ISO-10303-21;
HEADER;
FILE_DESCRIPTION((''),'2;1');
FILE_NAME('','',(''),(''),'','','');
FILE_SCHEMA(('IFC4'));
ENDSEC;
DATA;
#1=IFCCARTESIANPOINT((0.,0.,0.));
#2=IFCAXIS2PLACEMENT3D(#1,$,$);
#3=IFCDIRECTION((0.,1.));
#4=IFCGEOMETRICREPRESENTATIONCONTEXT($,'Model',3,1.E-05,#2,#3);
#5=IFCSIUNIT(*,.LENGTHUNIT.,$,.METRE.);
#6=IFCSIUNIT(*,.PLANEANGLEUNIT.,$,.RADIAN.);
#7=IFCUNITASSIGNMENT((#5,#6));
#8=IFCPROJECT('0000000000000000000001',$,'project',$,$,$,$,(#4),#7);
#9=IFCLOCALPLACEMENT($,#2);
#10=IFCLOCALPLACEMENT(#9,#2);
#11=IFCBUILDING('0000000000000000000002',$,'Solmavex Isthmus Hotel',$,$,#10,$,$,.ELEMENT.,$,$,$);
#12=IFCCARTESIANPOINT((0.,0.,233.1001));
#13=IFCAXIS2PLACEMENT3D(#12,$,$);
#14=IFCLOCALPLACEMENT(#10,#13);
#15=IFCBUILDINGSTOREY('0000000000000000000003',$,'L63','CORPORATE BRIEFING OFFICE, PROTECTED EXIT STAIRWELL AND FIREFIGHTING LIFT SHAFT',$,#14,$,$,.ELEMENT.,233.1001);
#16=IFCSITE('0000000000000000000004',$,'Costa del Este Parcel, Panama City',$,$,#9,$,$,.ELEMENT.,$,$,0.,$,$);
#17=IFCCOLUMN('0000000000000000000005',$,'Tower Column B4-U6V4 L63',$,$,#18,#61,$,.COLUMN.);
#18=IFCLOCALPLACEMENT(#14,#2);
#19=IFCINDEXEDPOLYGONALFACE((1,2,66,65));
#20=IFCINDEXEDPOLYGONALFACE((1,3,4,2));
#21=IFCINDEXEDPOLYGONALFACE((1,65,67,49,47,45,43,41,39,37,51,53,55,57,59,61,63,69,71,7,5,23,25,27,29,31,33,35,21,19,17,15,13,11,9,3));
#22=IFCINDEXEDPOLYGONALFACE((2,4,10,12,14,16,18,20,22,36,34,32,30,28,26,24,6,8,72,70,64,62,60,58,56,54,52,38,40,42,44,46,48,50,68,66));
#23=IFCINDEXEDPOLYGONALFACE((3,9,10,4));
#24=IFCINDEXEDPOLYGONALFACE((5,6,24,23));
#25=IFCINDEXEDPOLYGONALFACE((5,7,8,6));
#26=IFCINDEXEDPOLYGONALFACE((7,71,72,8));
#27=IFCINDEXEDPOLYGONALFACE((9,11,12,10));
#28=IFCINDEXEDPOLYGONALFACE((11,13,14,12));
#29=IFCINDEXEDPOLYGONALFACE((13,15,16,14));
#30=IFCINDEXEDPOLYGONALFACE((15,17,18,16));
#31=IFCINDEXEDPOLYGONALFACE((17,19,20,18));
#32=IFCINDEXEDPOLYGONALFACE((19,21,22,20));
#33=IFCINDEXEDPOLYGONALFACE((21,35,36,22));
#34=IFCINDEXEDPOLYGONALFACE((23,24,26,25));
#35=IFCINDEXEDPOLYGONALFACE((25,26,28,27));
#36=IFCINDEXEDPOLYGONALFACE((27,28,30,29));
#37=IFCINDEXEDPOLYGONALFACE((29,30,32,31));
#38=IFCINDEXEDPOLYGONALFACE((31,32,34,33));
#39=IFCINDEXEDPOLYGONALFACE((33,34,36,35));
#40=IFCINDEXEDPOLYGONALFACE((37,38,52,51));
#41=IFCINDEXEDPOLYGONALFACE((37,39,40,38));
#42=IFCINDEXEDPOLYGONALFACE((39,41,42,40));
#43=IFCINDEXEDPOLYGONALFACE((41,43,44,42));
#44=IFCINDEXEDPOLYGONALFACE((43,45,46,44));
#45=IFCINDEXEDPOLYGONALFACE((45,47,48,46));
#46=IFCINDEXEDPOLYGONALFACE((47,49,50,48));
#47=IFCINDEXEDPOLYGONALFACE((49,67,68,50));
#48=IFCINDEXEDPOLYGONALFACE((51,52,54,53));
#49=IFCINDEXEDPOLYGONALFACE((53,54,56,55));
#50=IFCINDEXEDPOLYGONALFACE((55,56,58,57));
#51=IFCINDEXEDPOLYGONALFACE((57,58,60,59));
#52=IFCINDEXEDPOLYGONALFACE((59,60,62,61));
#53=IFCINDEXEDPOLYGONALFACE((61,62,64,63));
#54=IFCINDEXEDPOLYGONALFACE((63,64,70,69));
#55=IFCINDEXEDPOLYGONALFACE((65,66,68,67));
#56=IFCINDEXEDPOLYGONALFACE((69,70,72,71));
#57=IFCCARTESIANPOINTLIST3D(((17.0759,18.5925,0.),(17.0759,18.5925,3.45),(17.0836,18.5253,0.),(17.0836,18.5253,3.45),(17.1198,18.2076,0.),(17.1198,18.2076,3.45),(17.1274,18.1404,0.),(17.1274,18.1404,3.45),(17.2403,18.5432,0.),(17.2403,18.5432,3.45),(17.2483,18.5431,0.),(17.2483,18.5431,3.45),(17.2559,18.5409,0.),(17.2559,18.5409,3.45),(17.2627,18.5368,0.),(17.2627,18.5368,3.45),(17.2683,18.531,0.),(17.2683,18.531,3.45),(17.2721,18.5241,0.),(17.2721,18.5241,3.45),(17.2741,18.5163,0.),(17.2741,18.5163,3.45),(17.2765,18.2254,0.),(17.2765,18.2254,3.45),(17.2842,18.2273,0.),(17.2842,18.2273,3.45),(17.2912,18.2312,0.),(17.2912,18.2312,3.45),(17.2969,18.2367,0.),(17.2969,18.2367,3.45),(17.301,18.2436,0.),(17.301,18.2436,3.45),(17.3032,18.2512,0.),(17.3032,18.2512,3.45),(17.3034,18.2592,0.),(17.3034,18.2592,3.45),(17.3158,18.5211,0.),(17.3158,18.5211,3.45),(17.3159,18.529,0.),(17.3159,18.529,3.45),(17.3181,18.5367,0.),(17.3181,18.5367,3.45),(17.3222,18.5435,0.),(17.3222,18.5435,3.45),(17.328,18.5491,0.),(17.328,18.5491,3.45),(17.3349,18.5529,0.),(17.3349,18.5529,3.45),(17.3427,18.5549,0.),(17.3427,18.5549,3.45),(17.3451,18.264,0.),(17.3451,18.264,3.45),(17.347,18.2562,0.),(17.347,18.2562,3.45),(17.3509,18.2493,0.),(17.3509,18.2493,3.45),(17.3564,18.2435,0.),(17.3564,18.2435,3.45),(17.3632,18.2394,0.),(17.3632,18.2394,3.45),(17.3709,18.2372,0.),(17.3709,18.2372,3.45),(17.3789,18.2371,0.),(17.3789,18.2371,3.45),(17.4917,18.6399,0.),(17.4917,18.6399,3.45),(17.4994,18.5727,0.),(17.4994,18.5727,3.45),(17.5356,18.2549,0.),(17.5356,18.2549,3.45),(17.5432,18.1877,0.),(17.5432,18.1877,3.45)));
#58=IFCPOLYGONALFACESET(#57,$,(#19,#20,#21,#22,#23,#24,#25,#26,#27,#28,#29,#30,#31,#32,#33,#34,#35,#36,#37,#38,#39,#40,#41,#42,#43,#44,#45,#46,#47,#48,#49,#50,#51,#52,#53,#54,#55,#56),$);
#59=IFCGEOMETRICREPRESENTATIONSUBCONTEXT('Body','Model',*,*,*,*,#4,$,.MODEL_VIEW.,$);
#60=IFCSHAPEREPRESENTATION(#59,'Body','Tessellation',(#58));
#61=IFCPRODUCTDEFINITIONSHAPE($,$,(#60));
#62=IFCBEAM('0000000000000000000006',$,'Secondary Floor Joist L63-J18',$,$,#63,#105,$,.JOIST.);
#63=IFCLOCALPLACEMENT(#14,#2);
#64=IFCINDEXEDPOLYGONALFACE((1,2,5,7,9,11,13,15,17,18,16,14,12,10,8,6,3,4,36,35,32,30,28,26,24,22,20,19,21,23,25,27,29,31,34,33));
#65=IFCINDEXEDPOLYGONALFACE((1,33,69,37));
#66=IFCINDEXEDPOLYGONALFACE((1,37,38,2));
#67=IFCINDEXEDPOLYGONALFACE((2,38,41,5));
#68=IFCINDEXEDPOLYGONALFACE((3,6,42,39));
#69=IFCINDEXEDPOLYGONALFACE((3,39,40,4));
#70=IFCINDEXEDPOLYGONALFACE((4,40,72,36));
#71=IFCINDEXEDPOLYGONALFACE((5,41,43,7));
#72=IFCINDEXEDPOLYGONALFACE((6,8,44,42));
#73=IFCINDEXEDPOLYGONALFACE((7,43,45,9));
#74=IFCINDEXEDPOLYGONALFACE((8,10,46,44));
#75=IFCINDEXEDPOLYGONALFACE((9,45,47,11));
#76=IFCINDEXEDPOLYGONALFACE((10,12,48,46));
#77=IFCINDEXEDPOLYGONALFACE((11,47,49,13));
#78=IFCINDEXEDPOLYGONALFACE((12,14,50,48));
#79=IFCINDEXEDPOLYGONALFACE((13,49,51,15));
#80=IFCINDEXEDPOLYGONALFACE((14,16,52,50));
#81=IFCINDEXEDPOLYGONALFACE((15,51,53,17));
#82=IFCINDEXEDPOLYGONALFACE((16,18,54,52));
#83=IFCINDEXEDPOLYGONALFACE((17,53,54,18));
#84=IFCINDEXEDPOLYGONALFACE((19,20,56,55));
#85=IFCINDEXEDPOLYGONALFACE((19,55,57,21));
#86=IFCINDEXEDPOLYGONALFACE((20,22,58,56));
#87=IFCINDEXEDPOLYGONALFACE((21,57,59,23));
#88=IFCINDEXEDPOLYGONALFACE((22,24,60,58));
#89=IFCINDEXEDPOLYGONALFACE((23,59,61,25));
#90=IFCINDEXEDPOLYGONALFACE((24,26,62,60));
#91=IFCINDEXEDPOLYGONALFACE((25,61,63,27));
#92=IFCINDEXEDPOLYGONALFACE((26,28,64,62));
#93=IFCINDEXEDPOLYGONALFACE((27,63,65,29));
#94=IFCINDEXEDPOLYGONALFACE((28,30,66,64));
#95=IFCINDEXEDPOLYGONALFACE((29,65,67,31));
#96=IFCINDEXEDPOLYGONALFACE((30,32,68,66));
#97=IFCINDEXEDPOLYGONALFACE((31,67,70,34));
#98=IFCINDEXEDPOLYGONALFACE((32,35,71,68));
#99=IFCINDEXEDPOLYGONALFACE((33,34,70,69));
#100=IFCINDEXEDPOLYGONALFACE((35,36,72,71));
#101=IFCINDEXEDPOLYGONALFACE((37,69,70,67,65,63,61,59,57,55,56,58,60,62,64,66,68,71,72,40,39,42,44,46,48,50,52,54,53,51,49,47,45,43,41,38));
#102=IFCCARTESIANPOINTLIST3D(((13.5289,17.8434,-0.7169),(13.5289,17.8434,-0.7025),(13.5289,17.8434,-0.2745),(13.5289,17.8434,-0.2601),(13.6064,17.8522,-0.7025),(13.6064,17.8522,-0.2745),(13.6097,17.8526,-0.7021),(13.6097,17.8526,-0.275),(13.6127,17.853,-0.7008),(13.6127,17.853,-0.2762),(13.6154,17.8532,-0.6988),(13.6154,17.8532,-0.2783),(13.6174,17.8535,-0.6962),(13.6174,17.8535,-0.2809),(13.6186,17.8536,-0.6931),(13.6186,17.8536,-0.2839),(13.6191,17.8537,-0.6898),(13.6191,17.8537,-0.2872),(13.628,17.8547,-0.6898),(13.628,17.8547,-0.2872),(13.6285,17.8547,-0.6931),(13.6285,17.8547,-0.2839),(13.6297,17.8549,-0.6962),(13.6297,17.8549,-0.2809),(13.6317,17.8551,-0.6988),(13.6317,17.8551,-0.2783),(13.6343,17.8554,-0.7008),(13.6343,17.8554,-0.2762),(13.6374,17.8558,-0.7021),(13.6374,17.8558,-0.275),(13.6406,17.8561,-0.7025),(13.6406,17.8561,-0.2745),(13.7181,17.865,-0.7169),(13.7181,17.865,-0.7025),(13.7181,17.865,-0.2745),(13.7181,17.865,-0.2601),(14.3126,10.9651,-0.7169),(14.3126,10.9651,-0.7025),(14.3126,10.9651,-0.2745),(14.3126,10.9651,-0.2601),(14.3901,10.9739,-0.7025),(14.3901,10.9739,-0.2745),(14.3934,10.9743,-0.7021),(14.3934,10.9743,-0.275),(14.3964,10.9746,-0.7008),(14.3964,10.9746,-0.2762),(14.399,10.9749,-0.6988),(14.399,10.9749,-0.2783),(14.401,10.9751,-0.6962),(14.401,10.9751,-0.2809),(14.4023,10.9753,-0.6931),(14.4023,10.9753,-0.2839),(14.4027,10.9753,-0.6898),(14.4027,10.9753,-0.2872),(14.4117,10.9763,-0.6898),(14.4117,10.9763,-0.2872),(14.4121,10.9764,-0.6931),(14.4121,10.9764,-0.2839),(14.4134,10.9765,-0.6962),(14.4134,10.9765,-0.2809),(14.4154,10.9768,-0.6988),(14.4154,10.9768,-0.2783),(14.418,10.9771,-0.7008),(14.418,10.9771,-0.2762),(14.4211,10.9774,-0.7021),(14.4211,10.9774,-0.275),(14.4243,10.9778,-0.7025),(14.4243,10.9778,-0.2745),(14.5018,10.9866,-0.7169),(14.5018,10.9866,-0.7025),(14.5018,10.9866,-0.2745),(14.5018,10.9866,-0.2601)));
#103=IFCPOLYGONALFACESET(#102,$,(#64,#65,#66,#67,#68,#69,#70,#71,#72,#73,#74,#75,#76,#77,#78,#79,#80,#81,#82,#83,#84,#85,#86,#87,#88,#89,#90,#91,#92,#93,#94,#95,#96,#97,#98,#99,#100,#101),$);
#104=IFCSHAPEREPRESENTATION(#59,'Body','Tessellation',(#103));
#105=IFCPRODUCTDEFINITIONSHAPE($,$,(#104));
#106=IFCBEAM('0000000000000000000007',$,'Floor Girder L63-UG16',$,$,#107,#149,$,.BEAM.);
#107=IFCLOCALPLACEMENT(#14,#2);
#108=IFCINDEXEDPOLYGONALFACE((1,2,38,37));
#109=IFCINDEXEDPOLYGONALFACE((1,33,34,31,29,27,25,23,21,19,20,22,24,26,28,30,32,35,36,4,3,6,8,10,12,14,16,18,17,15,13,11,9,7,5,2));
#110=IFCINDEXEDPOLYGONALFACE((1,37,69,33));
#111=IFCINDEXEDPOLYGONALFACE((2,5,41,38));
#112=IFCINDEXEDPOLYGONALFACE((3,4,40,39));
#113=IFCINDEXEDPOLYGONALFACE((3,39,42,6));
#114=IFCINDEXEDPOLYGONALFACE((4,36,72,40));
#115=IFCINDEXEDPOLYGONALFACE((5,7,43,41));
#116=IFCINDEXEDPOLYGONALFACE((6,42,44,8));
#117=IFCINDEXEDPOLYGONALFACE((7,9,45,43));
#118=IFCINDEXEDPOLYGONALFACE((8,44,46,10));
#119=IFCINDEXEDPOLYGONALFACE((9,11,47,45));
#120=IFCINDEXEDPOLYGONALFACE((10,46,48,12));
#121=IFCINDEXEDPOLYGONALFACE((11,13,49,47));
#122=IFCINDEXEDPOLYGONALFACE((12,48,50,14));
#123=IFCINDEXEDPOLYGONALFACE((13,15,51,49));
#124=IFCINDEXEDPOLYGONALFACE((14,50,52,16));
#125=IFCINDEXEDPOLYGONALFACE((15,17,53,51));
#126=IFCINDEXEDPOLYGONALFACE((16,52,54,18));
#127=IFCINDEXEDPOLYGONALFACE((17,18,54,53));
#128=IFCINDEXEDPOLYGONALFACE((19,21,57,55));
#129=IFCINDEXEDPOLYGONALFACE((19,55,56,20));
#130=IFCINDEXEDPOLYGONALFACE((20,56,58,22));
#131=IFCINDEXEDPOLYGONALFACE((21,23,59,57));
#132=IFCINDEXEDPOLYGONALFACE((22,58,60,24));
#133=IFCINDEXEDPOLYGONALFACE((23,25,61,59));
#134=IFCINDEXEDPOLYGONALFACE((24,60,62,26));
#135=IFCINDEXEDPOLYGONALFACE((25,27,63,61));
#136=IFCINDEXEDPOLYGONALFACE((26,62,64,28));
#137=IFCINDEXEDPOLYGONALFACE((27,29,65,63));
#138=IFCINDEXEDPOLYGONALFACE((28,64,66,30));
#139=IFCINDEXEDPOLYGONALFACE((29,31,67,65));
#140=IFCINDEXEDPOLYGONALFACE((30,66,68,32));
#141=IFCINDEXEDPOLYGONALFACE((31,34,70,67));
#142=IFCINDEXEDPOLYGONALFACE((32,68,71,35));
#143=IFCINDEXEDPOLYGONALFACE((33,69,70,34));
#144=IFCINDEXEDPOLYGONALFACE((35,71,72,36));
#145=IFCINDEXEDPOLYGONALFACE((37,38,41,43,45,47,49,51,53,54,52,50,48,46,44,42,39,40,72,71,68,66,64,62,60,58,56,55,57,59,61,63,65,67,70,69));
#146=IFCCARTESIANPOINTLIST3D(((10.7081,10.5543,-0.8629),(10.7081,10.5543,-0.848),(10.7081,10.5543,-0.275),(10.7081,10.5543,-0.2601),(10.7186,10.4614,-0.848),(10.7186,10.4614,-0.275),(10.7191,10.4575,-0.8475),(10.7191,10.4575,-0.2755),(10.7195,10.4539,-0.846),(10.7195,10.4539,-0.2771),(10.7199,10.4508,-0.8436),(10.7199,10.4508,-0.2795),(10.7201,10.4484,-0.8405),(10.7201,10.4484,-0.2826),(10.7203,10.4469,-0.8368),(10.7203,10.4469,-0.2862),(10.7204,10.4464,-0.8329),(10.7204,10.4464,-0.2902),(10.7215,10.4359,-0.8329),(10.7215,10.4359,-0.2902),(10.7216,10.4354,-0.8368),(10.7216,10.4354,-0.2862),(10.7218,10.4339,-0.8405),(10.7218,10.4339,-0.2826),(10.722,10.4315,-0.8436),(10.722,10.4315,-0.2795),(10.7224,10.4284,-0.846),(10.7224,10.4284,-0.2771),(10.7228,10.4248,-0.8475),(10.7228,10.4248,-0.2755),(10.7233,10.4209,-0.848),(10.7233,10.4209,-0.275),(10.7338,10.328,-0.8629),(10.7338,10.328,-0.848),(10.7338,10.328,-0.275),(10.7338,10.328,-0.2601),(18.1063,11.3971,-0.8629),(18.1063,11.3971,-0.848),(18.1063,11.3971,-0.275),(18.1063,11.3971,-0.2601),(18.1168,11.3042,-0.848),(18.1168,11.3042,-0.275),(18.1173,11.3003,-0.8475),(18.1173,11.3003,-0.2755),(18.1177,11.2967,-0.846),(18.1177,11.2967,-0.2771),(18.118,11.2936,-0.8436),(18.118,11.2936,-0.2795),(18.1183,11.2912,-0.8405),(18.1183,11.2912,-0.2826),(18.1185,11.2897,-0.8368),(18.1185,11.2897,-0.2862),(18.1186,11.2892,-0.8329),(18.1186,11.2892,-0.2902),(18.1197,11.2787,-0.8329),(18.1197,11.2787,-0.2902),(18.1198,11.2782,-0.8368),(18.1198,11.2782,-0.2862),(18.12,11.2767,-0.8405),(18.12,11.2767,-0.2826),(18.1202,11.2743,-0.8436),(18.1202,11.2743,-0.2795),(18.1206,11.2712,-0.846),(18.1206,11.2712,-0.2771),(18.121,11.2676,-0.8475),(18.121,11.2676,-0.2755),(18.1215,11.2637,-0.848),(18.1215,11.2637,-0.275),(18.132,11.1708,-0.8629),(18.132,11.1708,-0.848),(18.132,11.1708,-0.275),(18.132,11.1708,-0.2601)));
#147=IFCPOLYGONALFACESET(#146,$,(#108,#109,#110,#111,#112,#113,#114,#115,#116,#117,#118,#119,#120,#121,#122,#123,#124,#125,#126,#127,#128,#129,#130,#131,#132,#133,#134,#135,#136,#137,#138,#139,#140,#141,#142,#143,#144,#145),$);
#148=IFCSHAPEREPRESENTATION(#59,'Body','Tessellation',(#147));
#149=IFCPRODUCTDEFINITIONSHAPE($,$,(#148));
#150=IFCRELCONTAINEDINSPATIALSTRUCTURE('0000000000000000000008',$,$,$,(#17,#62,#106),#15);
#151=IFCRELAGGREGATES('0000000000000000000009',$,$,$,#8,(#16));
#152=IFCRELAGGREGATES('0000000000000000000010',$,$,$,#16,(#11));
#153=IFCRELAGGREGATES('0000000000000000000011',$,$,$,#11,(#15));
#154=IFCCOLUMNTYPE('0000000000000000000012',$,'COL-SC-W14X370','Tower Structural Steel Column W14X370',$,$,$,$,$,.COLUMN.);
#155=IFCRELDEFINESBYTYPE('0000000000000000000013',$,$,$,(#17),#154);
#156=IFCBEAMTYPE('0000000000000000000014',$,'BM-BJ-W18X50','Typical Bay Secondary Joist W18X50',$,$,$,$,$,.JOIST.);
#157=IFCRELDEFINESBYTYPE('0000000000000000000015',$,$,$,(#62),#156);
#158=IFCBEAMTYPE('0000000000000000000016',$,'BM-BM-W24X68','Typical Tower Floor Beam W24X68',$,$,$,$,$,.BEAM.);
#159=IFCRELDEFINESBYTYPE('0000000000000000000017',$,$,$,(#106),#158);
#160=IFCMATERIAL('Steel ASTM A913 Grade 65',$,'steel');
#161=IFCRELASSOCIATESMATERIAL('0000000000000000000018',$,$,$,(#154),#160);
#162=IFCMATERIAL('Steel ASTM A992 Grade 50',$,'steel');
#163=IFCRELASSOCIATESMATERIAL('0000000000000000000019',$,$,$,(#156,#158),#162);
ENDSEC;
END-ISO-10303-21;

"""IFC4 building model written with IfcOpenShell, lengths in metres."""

from ifc_helpers import new_model, si_unit, direction, frame, origin, origin_2d, place, context, subcontext, project, spatial, i_section, extrude, material, material_profile, profile_set, type_object, element, save


model = new_model("IFC4")

# Units and contexts
model_context = context("Model", 3, precision=1e-05, world=origin(), true_north=direction((0.0, 1.0)))
body_context = subcontext(model_context, "Body", "Model", "MODEL_VIEW")
ifc_project = project(units=[si_unit("LENGTHUNIT", "METRE"), si_unit("PLANEANGLEUNIT", "RADIAN")], contexts=[model_context])

# Site, building, storey
site_placement = place(None, origin())
site = spatial("IfcSite", under=ifc_project, at=site_placement, Name="Costa del Este Parcel, Panama City", CompositionType="ELEMENT", RefElevation=0.0)
building_placement = place(site_placement, origin())
building = spatial("IfcBuilding", under=site, at=building_placement, Name="Solmavex Isthmus Hotel", CompositionType="ELEMENT")
storey_placement = place(building_placement, frame((0.0, 0.0, 233.1001)))
storey = spatial("IfcBuildingStorey", under=building, at=storey_placement, Name="L63", Description="CORPORATE BRIEFING OFFICE, PROTECTED EXIT STAIRWELL AND FIREFIGHTING LIFT SHAFT", CompositionType="ELEMENT", Elevation=233.1001)

# Column
ifc_material_1 = material(Name="Steel ASTM A913 Grade 65", Category="steel")
ifc_material_profile_1 = material_profile(ifc_material_1, i_section(OverallWidth=0.4185, OverallDepth=0.4551, WebThickness=0.042, FlangeThickness=0.0676, FilletRadius=0.0305, at=origin_2d()), Name="W14X370")
ifc_profile_set_1 = profile_set([ifc_material_profile_1], Name="Steel ASTM A913 Grade 65")
column_type = type_object("IfcColumnType", Name="COL-SC-W14X370", Description="Tower Structural Steel Column W14X370", PredefinedType="COLUMN", material=ifc_profile_set_1)
column_placement = place(storey_placement, frame((17.3096, 18.3901, 0.0), z_axis=(0.0, 0.0, 1.0), x_axis=(0.993572, 0.113203, 0.0)))
element("IfcColumn", 1, at=column_placement, inside=storey, type_object=column_type, Name="Tower Column B4-U6V4 L63", PredefinedType="COLUMN", context=body_context, shape_type="SweptSolid", body=[
    extrude(i_section(OverallWidth=0.4185, OverallDepth=0.4551, WebThickness=0.042, FlangeThickness=0.0676, FilletRadius=0.0305, at=origin_2d()), origin(), (0.0, 0.0, 1.0), 3.45),
])

# Beams
ifc_material_2 = material(Name="Steel ASTM A992 Grade 50", Category="steel")
ifc_material_profile_2 = material_profile(ifc_material_2, i_section(OverallWidth=0.1904, OverallDepth=0.4568, WebThickness=0.009, FlangeThickness=0.0144, FilletRadius=0.0127, at=origin_2d()), Name="W18X50")
ifc_profile_set_2 = profile_set([ifc_material_profile_2], Name="Steel ASTM A992 Grade 50")
beam_type_1 = type_object("IfcBeamType", Name="BM-BJ-W18X50", Description="Typical Bay Secondary Joist W18X50", PredefinedType="JOIST", material=ifc_profile_set_2)
beam_1_placement = place(storey_placement, frame((14.4072, 10.9758, -0.4885), z_axis=(-0.113202, 0.993572, 0.0), x_axis=(-0.993572, -0.113202, 0.0)))
element("IfcBeam", 2, at=beam_1_placement, inside=storey, type_object=beam_type_1, Name="Secondary Floor Joist L63-J18", PredefinedType="JOIST", context=body_context, shape_type="SweptSolid", body=[
    extrude(i_section(OverallWidth=0.1904, OverallDepth=0.4568, WebThickness=0.009, FlangeThickness=0.0144, FilletRadius=0.0127, at=origin_2d()), origin(), (0.0, 0.0, 1.0), 6.9229),
])
ifc_material_profile_3 = material_profile(ifc_material_2, i_section(OverallWidth=0.2278, OverallDepth=0.6028, WebThickness=0.0105, FlangeThickness=0.0149, FilletRadius=0.0151, at=origin_2d()), Name="W24X68")
ifc_profile_set_3 = profile_set([ifc_material_profile_3], Name="Steel ASTM A992 Grade 50")
beam_type_2 = type_object("IfcBeamType", Name="BM-BM-W24X68", Description="Typical Tower Floor Beam W24X68", PredefinedType="BEAM", material=ifc_profile_set_3)
beam_2_placement = place(storey_placement, frame((10.7209, 10.4412, -0.5615), z_axis=(0.993574, 0.113184, 0.0), x_axis=(-0.113184, 0.993574, 0.0)))
element("IfcBeam", 3, at=beam_2_placement, inside=storey, type_object=beam_type_2, Name="Floor Girder L63-UG16", PredefinedType="BEAM", context=body_context, shape_type="SweptSolid", body=[
    extrude(i_section(OverallWidth=0.2278, OverallDepth=0.6028, WebThickness=0.0105, FlangeThickness=0.0149, FilletRadius=0.0151, at=origin_2d()), origin(), (0.0, 0.0, 1.0), 7.446),
])

save(model, "model.ifc")
